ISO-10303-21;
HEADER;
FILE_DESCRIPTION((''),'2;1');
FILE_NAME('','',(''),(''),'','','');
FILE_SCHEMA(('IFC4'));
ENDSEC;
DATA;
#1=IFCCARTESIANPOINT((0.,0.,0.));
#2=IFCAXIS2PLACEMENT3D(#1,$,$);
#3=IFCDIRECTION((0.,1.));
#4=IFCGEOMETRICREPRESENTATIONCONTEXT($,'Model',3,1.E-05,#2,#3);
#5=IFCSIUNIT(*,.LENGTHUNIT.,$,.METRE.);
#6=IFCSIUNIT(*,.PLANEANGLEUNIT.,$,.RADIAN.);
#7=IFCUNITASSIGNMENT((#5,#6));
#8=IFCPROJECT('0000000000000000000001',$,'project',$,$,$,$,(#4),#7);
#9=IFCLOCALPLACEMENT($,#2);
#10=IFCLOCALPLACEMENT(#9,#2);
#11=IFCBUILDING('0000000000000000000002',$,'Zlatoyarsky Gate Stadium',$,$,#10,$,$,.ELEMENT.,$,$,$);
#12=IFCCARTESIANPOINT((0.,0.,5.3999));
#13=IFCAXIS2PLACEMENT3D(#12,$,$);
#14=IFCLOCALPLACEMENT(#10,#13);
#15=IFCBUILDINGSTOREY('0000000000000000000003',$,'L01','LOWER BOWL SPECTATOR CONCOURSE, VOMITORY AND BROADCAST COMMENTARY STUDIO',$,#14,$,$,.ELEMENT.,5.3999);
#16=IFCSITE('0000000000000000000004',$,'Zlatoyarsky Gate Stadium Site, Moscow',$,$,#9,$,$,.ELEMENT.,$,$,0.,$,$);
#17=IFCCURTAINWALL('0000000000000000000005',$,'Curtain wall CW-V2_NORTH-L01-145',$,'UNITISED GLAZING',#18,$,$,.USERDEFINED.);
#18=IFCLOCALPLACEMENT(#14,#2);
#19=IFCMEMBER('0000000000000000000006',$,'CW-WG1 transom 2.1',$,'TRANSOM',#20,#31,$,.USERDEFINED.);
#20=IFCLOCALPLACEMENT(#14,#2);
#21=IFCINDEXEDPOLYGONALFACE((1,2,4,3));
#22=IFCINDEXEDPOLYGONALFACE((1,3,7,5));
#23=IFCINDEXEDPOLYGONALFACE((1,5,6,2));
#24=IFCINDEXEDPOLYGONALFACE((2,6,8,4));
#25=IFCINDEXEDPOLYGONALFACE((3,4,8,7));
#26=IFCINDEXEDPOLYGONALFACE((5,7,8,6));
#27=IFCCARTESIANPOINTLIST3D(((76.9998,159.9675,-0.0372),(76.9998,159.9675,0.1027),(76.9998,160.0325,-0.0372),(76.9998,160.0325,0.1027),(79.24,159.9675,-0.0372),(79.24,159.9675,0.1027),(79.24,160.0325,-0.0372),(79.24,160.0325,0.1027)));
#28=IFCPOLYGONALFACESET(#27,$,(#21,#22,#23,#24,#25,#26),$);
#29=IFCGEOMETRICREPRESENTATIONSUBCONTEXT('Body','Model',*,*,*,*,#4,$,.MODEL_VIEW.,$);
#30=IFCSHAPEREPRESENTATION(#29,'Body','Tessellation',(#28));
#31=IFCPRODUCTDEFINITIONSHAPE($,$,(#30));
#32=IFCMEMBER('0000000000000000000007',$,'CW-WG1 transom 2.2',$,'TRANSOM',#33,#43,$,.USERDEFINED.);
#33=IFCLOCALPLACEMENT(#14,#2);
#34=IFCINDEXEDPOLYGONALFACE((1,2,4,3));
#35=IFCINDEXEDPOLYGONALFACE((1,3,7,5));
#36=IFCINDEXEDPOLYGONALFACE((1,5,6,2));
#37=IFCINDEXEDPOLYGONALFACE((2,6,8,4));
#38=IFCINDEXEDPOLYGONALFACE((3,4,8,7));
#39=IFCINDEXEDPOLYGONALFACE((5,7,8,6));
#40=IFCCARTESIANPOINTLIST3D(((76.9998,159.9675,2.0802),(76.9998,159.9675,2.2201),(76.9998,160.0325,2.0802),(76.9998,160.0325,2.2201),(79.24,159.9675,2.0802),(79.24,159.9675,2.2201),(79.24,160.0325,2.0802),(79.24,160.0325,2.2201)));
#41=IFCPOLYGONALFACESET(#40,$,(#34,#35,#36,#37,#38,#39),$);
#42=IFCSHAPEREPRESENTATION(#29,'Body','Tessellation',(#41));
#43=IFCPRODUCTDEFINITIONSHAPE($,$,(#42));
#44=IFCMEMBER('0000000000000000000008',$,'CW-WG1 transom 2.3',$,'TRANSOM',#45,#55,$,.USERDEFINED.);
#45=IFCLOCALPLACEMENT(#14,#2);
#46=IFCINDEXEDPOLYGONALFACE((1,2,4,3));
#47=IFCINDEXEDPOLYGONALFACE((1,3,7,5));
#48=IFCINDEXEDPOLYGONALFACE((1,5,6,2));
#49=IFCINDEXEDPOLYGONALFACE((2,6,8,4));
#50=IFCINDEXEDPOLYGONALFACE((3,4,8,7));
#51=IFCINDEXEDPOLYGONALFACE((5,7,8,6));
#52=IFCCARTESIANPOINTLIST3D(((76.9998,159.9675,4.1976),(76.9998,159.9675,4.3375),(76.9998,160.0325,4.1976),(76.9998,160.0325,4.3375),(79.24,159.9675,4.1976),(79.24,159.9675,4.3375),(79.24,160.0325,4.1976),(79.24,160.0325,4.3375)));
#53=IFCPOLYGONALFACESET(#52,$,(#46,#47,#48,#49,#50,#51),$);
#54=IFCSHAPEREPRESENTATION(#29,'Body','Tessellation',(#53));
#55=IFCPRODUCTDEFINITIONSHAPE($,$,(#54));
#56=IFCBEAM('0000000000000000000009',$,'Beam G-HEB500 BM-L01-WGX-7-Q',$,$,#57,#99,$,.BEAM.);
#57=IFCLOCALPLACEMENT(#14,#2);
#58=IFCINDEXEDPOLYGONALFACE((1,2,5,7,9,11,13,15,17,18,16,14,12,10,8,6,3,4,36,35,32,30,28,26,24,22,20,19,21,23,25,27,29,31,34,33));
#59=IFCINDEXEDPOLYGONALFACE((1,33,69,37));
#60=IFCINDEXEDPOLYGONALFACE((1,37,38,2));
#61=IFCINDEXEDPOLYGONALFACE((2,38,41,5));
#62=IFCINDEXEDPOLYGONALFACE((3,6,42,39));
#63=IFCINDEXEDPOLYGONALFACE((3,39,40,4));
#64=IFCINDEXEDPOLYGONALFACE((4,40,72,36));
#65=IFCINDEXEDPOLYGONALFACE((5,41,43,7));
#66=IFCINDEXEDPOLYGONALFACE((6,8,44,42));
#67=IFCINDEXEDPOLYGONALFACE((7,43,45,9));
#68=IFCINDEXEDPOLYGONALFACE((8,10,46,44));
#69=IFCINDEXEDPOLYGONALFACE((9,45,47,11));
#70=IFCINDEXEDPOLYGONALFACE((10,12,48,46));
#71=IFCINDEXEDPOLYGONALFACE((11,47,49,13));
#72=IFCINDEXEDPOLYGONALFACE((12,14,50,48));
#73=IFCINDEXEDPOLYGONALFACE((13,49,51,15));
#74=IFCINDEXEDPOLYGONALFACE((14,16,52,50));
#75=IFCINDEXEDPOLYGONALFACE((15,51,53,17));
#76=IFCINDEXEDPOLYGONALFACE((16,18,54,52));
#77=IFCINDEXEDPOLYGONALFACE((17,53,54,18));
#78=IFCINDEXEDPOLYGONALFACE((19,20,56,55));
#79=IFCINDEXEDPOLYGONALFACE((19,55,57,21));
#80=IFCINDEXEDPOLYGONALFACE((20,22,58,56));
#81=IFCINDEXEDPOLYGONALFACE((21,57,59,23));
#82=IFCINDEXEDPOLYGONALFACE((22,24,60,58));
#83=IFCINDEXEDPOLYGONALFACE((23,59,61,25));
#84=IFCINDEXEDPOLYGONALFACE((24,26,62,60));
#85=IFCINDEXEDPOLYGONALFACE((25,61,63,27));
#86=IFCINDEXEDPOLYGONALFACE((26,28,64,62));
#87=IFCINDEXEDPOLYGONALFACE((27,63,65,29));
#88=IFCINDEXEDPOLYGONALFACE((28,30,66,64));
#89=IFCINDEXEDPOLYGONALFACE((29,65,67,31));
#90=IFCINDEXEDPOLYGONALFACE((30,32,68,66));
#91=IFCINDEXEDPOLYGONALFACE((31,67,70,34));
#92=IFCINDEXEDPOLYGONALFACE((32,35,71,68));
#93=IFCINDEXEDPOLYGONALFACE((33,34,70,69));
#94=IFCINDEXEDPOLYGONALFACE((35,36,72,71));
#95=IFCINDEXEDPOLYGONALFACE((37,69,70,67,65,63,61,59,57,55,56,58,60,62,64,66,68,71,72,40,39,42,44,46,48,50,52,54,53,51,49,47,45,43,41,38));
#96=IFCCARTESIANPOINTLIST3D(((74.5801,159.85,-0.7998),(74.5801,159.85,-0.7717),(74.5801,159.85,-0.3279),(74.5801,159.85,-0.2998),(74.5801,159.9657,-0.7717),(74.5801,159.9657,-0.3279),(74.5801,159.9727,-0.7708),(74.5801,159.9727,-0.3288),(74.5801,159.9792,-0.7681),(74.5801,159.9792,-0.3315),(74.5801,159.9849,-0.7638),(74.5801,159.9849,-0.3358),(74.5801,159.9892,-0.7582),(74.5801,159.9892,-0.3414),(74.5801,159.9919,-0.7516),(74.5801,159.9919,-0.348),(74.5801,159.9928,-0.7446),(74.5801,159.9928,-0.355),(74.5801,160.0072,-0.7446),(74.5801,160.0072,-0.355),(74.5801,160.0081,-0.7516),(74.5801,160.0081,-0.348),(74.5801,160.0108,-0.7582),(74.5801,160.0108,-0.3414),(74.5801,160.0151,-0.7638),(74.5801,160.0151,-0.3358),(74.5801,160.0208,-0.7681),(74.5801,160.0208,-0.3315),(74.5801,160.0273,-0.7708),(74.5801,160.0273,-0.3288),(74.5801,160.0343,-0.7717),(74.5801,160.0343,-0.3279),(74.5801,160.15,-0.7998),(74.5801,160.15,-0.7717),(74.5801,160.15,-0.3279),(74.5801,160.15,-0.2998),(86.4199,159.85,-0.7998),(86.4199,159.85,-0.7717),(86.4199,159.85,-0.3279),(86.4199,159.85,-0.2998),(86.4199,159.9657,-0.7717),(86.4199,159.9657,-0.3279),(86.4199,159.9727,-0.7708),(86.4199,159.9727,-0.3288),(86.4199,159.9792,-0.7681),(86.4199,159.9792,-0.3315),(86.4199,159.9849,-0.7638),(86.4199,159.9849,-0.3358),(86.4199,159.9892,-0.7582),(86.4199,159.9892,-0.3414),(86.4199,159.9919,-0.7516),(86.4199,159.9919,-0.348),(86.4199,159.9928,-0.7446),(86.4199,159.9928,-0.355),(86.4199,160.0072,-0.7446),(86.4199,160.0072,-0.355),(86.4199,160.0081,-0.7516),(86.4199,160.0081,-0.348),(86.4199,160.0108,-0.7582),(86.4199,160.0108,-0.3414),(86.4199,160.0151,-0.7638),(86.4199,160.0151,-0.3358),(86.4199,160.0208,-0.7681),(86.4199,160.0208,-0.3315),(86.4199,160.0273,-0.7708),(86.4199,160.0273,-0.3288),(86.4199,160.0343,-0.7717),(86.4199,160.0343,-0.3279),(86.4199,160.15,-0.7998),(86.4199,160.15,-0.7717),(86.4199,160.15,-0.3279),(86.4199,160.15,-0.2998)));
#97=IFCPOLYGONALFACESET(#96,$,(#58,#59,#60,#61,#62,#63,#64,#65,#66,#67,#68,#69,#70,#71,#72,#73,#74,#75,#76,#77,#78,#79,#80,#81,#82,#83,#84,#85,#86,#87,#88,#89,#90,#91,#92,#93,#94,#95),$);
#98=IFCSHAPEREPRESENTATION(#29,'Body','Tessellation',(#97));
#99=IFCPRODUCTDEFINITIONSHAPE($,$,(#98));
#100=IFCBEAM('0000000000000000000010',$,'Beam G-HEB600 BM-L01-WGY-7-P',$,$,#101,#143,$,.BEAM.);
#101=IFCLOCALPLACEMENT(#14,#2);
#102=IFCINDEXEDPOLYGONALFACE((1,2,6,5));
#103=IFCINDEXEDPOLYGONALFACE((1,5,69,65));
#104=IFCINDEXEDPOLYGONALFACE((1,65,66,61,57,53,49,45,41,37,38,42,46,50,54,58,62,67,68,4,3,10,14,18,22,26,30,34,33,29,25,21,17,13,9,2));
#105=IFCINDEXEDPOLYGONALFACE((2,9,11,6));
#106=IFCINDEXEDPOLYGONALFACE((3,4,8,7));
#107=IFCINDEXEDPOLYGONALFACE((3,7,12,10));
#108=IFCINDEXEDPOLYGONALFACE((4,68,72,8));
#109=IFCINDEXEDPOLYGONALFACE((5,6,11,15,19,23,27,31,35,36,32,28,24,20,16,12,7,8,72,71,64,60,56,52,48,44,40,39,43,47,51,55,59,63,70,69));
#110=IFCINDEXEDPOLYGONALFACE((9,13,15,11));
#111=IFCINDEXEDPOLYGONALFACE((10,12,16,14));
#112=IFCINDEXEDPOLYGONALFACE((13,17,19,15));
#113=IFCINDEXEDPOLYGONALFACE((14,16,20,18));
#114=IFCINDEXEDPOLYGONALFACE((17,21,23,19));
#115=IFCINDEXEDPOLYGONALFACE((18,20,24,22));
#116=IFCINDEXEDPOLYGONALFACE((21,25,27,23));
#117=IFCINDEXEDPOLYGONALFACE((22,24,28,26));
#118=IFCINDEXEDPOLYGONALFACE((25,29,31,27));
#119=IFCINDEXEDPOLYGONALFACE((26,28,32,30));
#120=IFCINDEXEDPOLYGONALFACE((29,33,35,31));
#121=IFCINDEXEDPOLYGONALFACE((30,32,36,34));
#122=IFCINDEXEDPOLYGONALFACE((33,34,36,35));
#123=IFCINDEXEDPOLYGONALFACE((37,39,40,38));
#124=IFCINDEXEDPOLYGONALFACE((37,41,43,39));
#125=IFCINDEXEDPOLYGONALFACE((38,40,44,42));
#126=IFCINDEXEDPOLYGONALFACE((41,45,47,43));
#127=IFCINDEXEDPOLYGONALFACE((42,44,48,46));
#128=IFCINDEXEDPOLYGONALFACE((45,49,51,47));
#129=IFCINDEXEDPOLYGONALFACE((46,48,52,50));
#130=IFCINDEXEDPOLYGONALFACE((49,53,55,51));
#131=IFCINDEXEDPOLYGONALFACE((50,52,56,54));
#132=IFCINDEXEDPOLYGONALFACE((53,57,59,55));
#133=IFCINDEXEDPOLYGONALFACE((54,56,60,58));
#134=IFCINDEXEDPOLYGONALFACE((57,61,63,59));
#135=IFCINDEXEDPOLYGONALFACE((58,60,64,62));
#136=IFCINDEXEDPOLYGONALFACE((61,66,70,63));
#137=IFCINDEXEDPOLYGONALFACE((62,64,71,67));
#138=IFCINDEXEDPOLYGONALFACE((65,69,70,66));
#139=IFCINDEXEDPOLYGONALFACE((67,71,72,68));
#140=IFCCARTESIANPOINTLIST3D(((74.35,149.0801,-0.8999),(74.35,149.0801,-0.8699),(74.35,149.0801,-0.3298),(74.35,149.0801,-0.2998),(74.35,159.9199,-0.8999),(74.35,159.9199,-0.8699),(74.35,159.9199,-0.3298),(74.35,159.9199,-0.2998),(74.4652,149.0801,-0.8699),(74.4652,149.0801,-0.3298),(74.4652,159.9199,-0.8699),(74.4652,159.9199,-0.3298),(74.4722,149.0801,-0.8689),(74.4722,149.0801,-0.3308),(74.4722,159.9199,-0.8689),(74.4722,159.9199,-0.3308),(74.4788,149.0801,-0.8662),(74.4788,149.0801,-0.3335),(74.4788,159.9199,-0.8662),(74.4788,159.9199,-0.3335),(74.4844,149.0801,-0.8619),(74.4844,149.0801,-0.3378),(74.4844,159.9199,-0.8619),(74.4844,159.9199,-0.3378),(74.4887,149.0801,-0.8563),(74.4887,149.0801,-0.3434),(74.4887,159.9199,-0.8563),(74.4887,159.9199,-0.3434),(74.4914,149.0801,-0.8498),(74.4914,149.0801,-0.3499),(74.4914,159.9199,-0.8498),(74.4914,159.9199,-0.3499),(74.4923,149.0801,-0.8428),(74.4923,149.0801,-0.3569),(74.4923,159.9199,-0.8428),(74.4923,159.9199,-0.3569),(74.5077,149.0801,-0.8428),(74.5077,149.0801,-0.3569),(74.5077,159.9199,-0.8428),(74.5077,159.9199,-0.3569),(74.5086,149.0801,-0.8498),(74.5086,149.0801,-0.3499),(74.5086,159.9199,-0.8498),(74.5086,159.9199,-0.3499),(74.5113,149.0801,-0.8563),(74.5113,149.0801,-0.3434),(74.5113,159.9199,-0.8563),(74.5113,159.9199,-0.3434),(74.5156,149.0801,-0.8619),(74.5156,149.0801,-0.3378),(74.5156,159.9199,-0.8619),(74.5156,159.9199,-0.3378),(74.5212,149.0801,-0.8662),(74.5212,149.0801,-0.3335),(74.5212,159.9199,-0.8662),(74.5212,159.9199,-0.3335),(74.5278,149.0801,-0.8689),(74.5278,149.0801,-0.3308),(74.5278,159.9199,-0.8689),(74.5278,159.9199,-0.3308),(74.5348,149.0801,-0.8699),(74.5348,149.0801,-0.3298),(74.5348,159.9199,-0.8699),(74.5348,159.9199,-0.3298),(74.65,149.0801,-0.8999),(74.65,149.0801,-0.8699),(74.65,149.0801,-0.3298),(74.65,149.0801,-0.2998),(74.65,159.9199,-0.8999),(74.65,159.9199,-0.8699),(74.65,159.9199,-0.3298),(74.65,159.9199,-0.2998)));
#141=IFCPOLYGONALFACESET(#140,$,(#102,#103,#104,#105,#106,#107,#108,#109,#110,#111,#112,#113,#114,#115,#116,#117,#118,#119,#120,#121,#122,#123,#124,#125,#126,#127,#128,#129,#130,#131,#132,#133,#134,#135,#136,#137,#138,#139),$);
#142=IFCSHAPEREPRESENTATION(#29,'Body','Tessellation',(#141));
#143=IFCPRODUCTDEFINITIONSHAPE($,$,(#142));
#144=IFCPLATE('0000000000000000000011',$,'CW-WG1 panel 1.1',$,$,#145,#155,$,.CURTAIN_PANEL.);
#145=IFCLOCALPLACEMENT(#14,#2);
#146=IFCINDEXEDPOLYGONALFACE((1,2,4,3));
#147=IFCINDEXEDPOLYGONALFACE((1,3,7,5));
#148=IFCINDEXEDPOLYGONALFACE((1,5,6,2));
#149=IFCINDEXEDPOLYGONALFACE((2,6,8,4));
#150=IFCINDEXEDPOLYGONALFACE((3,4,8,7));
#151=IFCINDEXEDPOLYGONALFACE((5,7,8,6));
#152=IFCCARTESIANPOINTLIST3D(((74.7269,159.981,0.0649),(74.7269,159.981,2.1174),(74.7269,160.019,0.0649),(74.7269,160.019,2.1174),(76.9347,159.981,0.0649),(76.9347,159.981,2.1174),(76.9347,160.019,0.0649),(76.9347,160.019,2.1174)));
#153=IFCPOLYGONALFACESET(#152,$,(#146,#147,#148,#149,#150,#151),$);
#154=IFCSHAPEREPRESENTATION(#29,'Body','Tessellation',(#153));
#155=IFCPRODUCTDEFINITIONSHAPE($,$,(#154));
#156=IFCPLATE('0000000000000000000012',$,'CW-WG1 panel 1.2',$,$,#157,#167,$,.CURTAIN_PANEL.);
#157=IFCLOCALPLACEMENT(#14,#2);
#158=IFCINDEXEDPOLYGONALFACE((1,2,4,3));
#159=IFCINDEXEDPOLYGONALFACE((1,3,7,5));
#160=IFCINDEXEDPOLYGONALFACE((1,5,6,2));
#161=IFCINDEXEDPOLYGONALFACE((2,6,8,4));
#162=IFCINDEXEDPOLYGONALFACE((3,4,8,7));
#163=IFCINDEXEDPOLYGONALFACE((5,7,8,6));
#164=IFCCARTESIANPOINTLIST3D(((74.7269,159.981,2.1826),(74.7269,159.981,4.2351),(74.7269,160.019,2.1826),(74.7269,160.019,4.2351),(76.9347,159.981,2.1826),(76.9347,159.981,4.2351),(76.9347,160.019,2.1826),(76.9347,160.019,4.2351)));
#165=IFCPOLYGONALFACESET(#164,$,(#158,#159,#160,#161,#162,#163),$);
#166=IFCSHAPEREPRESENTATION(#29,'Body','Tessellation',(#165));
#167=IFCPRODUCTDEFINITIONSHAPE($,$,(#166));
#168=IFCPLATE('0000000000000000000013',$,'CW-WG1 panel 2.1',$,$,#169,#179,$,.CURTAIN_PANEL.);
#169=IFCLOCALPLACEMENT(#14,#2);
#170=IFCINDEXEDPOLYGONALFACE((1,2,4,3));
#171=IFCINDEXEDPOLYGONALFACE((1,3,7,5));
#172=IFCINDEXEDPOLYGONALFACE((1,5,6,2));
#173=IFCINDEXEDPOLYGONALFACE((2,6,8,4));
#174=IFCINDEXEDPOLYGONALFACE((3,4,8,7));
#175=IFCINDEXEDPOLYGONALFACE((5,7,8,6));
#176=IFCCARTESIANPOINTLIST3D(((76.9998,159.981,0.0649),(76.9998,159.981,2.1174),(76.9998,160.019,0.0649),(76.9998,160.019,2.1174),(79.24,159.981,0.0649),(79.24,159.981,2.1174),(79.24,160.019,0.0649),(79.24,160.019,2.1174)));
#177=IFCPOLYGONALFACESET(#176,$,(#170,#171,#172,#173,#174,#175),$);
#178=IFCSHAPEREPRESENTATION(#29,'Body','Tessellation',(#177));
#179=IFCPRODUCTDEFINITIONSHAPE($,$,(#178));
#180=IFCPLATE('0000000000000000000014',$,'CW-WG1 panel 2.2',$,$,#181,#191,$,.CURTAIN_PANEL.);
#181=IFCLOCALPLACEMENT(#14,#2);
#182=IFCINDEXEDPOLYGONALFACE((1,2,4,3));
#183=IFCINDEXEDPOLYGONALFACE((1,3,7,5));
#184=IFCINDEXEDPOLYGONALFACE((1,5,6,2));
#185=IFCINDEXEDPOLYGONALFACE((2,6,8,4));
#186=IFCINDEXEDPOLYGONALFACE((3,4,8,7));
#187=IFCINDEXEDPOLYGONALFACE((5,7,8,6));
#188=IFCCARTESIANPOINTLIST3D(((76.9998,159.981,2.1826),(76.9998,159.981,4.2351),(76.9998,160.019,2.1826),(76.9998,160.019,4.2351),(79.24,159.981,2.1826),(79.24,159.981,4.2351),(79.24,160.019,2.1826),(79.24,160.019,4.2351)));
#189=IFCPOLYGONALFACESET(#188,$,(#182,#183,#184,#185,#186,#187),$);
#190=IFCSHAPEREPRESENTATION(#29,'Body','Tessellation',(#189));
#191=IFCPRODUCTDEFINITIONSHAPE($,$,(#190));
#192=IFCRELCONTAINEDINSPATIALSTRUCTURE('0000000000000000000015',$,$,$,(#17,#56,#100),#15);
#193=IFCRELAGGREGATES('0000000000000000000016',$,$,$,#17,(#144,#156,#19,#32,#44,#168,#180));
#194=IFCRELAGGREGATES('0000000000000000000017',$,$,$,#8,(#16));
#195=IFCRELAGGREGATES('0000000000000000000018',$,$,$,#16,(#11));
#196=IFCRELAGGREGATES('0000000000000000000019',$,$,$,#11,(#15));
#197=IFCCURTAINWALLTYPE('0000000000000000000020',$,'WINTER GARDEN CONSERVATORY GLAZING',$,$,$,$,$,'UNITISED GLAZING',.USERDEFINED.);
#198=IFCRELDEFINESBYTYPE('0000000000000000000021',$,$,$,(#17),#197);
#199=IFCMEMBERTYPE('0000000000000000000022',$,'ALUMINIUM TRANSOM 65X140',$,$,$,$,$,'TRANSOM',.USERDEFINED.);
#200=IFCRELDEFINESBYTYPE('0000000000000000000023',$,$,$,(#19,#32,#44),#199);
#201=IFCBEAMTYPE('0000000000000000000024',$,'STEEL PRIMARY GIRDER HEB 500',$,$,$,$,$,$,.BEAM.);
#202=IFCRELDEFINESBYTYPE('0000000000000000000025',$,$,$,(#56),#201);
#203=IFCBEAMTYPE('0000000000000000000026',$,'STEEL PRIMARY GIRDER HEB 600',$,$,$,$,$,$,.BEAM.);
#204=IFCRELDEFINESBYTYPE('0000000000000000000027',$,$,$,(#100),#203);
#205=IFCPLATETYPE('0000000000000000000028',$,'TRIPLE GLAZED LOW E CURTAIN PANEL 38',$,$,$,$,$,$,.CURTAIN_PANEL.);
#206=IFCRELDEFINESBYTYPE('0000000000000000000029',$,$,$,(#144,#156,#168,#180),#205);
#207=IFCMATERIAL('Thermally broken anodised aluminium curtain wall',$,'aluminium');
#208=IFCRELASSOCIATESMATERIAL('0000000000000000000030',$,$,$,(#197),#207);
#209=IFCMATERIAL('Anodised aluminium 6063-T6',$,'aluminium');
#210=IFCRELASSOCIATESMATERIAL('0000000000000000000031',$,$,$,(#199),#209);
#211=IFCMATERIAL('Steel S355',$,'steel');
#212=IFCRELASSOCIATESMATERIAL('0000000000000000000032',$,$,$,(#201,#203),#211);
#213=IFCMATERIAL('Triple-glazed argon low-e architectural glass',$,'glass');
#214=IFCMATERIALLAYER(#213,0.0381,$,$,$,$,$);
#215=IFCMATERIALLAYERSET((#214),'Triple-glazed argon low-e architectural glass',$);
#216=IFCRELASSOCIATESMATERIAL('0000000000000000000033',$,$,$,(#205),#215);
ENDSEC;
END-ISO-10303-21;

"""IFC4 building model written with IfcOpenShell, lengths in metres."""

from ifc_helpers import new_model, si_unit, direction, frame, origin, origin_2d, place, context, subcontext, project, spatial, rectangle, i_section, extrude, material, layer, layer_set, material_profile, profile_set, type_object, element, aggregate, save


model = new_model("IFC4")

# Units and contexts
model_context = context("Model", 3, precision=1e-05, world=origin(), true_north=direction((0.0, 1.0)))
body_context = subcontext(model_context, "Body", "Model", "MODEL_VIEW")
ifc_project = project(units=[si_unit("LENGTHUNIT", "METRE"), si_unit("PLANEANGLEUNIT", "RADIAN")], contexts=[model_context])

# Site, building, storey
site_placement = place(None, origin())
site = spatial("IfcSite", under=ifc_project, at=site_placement, Name="Zlatoyarsky Gate Stadium Site, Moscow", CompositionType="ELEMENT", RefElevation=0.0)
building_placement = place(site_placement, origin())
building = spatial("IfcBuilding", under=site, at=building_placement, Name="Zlatoyarsky Gate Stadium", CompositionType="ELEMENT")
storey_placement = place(building_placement, frame((0.0, 0.0, 5.3999)))
storey = spatial("IfcBuildingStorey", under=building, at=storey_placement, Name="L01", Description="LOWER BOWL SPECTATOR CONCOURSE, VOMITORY AND BROADCAST COMMENTARY STUDIO", CompositionType="ELEMENT", Elevation=5.3999)

# Shared definitions
ifc_material_1 = material(Name="Steel S355", Category="steel")

# Shared definitions
ifc_material_2 = material(Name="Thermally broken anodised aluminium curtain wall", Category="aluminium")
ifc_material_3 = material(Name="Anodised aluminium 6063-T6", Category="aluminium")

# Curtain wall
curtain_wall_type_1 = type_object("IfcCurtainWallType", Name="WINTER GARDEN CONSERVATORY GLAZING", ElementType="UNITISED GLAZING", PredefinedType="USERDEFINED", material=ifc_material_2)
curtain_wall_1_placement = place(storey_placement, origin())
curtain_wall_1 = element("IfcCurtainWall", 1, at=curtain_wall_1_placement, inside=storey, type_object=curtain_wall_type_1, Name="Curtain wall CW-V2_NORTH-L01-145", ObjectType="UNITISED GLAZING", PredefinedType="USERDEFINED")

# Members
ifc_material_profile_1 = material_profile(ifc_material_3, rectangle(XDim=0.0649, YDim=0.1399, at=origin_2d()), Name="ALU 65X140")
ifc_profile_set_1 = profile_set([ifc_material_profile_1], Name="Anodised aluminium 6063-T6")
member_type_1 = type_object("IfcMemberType", Name="ALUMINIUM TRANSOM 65X140", ElementType="TRANSOM", PredefinedType="USERDEFINED", material=ifc_profile_set_1)
member_1_placement = place(storey_placement, frame((76.9998, 160.0, 0.0327), z_axis=(1.0, 0.0, 0.0), x_axis=(0.0, 1.0, 0.0)))
member_1 = element("IfcMember", 2, at=member_1_placement, type_object=member_type_1, Name="CW-WG1 transom 2.1", ObjectType="TRANSOM", PredefinedType="USERDEFINED", context=body_context, shape_type="SweptSolid", body=[
    extrude(rectangle(XDim=0.0649, YDim=0.1399, at=origin_2d()), origin(), (0.0, 0.0, 1.0), 2.2402),
])
member_2_placement = place(storey_placement, frame((76.9998, 160.0, 2.1501), z_axis=(1.0, 0.0, 0.0), x_axis=(0.0, 1.0, 0.0)))
member_2 = element("IfcMember", 3, at=member_2_placement, type_object=member_type_1, Name="CW-WG1 transom 2.2", ObjectType="TRANSOM", PredefinedType="USERDEFINED", context=body_context, shape_type="SweptSolid", body=[
    extrude(rectangle(XDim=0.0649, YDim=0.1399, at=origin_2d()), origin(), (0.0, 0.0, 1.0), 2.2402),
])
member_3_placement = place(storey_placement, frame((76.9998, 160.0, 4.2676), z_axis=(1.0, 0.0, 0.0), x_axis=(0.0, 1.0, 0.0)))
member_3 = element("IfcMember", 4, at=member_3_placement, type_object=member_type_1, Name="CW-WG1 transom 2.3", ObjectType="TRANSOM", PredefinedType="USERDEFINED", context=body_context, shape_type="SweptSolid", body=[
    extrude(rectangle(XDim=0.0649, YDim=0.1399, at=origin_2d()), origin(), (0.0, 0.0, 1.0), 2.2402),
])

# Beams
ifc_material_profile_2 = material_profile(ifc_material_1, i_section(OverallWidth=0.3, OverallDepth=0.5, WebThickness=0.0144, FlangeThickness=0.0281, FilletRadius=0.0271, at=origin_2d()), Name="HEB 500")
ifc_profile_set_2 = profile_set([ifc_material_profile_2], Name="Steel S355")
beam_type_1 = type_object("IfcBeamType", Name="STEEL PRIMARY GIRDER HEB 500", PredefinedType="BEAM", material=ifc_profile_set_2)
beam_1_placement = place(storey_placement, frame((74.5801, 160.0, -0.5498), z_axis=(1.0, 0.0, 0.0), x_axis=(0.0, 1.0, 0.0)))
element("IfcBeam", 5, at=beam_1_placement, inside=storey, type_object=beam_type_1, Name="Beam G-HEB500 BM-L01-WGX-7-Q", PredefinedType="BEAM", context=body_context, shape_type="SweptSolid", body=[
    extrude(i_section(OverallWidth=0.3, OverallDepth=0.5, WebThickness=0.0144, FlangeThickness=0.0281, FilletRadius=0.0271, at=origin_2d()), origin(), (0.0, 0.0, 1.0), 11.8398),
])
ifc_material_profile_3 = material_profile(ifc_material_1, i_section(OverallWidth=0.3, OverallDepth=0.6001, WebThickness=0.0154, FlangeThickness=0.03, FilletRadius=0.0271, at=origin_2d()), Name="HEB 600")
ifc_profile_set_3 = profile_set([ifc_material_profile_3], Name="Steel S355")
beam_type_2 = type_object("IfcBeamType", Name="STEEL PRIMARY GIRDER HEB 600", PredefinedType="BEAM", material=ifc_profile_set_3)
beam_2_placement = place(storey_placement, frame((74.5, 149.0801, -0.5999), z_axis=(0.0, 1.0, 0.0), x_axis=(-1.0, 0.0, 0.0)))
element("IfcBeam", 6, at=beam_2_placement, inside=storey, type_object=beam_type_2, Name="Beam G-HEB600 BM-L01-WGY-7-P", PredefinedType="BEAM", context=body_context, shape_type="SweptSolid", body=[
    extrude(i_section(OverallWidth=0.3, OverallDepth=0.6001, WebThickness=0.0154, FlangeThickness=0.03, FilletRadius=0.0271, at=origin_2d()), origin(), (0.0, 0.0, 1.0), 10.8398),
])

# Plates
ifc_material_4 = material(Name="Triple-glazed argon low-e architectural glass", Category="glass")
ifc_layer_1 = layer(ifc_material_4, 0.0381)
ifc_layer_set_1 = layer_set([ifc_layer_1], Name="Triple-glazed argon low-e architectural glass")
plate_type = type_object("IfcPlateType", Name="TRIPLE GLAZED LOW E CURTAIN PANEL 38", PredefinedType="CURTAIN_PANEL", material=ifc_layer_set_1)
plate_1_placement = place(storey_placement, frame((75.8308, 160.0, 0.0649), z_axis=(0.0, 0.0, 1.0), x_axis=(1.0, 0.0, 0.0)))
plate_1 = element("IfcPlate", 7, at=plate_1_placement, type_object=plate_type, Name="CW-WG1 panel 1.1", PredefinedType="CURTAIN_PANEL", context=body_context, shape_type="SweptSolid", body=[
    extrude(rectangle(XDim=2.2078, YDim=0.0381, at=origin_2d()), origin(), (0.0, 0.0, 1.0), 2.0525),
])
plate_2_placement = place(storey_placement, frame((75.8308, 160.0, 2.1826), z_axis=(0.0, 0.0, 1.0), x_axis=(1.0, 0.0, 0.0)))
plate_2 = element("IfcPlate", 8, at=plate_2_placement, type_object=plate_type, Name="CW-WG1 panel 1.2", PredefinedType="CURTAIN_PANEL", context=body_context, shape_type="SweptSolid", body=[
    extrude(rectangle(XDim=2.2078, YDim=0.0381, at=origin_2d()), origin(), (0.0, 0.0, 1.0), 2.0525),
])
plate_3_placement = place(storey_placement, frame((78.1199, 160.0, 0.0649), z_axis=(0.0, 0.0, 1.0), x_axis=(1.0, 0.0, 0.0)))
plate_3 = element("IfcPlate", 9, at=plate_3_placement, type_object=plate_type, Name="CW-WG1 panel 2.1", PredefinedType="CURTAIN_PANEL", context=body_context, shape_type="SweptSolid", body=[
    extrude(rectangle(XDim=2.2402, YDim=0.0381, at=origin_2d()), origin(), (0.0, 0.0, 1.0), 2.0525),
])
plate_4_placement = place(storey_placement, frame((78.1199, 160.0, 2.1826), z_axis=(0.0, 0.0, 1.0), x_axis=(1.0, 0.0, 0.0)))
plate_4 = element("IfcPlate", 10, at=plate_4_placement, type_object=plate_type, Name="CW-WG1 panel 2.2", PredefinedType="CURTAIN_PANEL", context=body_context, shape_type="SweptSolid", body=[
    extrude(rectangle(XDim=2.2402, YDim=0.0381, at=origin_2d()), origin(), (0.0, 0.0, 1.0), 2.0525),
])
aggregate(curtain_wall_1, [plate_1, plate_2, member_1, member_2, member_3, plate_3, plate_4])

save(model, "model.ifc")
